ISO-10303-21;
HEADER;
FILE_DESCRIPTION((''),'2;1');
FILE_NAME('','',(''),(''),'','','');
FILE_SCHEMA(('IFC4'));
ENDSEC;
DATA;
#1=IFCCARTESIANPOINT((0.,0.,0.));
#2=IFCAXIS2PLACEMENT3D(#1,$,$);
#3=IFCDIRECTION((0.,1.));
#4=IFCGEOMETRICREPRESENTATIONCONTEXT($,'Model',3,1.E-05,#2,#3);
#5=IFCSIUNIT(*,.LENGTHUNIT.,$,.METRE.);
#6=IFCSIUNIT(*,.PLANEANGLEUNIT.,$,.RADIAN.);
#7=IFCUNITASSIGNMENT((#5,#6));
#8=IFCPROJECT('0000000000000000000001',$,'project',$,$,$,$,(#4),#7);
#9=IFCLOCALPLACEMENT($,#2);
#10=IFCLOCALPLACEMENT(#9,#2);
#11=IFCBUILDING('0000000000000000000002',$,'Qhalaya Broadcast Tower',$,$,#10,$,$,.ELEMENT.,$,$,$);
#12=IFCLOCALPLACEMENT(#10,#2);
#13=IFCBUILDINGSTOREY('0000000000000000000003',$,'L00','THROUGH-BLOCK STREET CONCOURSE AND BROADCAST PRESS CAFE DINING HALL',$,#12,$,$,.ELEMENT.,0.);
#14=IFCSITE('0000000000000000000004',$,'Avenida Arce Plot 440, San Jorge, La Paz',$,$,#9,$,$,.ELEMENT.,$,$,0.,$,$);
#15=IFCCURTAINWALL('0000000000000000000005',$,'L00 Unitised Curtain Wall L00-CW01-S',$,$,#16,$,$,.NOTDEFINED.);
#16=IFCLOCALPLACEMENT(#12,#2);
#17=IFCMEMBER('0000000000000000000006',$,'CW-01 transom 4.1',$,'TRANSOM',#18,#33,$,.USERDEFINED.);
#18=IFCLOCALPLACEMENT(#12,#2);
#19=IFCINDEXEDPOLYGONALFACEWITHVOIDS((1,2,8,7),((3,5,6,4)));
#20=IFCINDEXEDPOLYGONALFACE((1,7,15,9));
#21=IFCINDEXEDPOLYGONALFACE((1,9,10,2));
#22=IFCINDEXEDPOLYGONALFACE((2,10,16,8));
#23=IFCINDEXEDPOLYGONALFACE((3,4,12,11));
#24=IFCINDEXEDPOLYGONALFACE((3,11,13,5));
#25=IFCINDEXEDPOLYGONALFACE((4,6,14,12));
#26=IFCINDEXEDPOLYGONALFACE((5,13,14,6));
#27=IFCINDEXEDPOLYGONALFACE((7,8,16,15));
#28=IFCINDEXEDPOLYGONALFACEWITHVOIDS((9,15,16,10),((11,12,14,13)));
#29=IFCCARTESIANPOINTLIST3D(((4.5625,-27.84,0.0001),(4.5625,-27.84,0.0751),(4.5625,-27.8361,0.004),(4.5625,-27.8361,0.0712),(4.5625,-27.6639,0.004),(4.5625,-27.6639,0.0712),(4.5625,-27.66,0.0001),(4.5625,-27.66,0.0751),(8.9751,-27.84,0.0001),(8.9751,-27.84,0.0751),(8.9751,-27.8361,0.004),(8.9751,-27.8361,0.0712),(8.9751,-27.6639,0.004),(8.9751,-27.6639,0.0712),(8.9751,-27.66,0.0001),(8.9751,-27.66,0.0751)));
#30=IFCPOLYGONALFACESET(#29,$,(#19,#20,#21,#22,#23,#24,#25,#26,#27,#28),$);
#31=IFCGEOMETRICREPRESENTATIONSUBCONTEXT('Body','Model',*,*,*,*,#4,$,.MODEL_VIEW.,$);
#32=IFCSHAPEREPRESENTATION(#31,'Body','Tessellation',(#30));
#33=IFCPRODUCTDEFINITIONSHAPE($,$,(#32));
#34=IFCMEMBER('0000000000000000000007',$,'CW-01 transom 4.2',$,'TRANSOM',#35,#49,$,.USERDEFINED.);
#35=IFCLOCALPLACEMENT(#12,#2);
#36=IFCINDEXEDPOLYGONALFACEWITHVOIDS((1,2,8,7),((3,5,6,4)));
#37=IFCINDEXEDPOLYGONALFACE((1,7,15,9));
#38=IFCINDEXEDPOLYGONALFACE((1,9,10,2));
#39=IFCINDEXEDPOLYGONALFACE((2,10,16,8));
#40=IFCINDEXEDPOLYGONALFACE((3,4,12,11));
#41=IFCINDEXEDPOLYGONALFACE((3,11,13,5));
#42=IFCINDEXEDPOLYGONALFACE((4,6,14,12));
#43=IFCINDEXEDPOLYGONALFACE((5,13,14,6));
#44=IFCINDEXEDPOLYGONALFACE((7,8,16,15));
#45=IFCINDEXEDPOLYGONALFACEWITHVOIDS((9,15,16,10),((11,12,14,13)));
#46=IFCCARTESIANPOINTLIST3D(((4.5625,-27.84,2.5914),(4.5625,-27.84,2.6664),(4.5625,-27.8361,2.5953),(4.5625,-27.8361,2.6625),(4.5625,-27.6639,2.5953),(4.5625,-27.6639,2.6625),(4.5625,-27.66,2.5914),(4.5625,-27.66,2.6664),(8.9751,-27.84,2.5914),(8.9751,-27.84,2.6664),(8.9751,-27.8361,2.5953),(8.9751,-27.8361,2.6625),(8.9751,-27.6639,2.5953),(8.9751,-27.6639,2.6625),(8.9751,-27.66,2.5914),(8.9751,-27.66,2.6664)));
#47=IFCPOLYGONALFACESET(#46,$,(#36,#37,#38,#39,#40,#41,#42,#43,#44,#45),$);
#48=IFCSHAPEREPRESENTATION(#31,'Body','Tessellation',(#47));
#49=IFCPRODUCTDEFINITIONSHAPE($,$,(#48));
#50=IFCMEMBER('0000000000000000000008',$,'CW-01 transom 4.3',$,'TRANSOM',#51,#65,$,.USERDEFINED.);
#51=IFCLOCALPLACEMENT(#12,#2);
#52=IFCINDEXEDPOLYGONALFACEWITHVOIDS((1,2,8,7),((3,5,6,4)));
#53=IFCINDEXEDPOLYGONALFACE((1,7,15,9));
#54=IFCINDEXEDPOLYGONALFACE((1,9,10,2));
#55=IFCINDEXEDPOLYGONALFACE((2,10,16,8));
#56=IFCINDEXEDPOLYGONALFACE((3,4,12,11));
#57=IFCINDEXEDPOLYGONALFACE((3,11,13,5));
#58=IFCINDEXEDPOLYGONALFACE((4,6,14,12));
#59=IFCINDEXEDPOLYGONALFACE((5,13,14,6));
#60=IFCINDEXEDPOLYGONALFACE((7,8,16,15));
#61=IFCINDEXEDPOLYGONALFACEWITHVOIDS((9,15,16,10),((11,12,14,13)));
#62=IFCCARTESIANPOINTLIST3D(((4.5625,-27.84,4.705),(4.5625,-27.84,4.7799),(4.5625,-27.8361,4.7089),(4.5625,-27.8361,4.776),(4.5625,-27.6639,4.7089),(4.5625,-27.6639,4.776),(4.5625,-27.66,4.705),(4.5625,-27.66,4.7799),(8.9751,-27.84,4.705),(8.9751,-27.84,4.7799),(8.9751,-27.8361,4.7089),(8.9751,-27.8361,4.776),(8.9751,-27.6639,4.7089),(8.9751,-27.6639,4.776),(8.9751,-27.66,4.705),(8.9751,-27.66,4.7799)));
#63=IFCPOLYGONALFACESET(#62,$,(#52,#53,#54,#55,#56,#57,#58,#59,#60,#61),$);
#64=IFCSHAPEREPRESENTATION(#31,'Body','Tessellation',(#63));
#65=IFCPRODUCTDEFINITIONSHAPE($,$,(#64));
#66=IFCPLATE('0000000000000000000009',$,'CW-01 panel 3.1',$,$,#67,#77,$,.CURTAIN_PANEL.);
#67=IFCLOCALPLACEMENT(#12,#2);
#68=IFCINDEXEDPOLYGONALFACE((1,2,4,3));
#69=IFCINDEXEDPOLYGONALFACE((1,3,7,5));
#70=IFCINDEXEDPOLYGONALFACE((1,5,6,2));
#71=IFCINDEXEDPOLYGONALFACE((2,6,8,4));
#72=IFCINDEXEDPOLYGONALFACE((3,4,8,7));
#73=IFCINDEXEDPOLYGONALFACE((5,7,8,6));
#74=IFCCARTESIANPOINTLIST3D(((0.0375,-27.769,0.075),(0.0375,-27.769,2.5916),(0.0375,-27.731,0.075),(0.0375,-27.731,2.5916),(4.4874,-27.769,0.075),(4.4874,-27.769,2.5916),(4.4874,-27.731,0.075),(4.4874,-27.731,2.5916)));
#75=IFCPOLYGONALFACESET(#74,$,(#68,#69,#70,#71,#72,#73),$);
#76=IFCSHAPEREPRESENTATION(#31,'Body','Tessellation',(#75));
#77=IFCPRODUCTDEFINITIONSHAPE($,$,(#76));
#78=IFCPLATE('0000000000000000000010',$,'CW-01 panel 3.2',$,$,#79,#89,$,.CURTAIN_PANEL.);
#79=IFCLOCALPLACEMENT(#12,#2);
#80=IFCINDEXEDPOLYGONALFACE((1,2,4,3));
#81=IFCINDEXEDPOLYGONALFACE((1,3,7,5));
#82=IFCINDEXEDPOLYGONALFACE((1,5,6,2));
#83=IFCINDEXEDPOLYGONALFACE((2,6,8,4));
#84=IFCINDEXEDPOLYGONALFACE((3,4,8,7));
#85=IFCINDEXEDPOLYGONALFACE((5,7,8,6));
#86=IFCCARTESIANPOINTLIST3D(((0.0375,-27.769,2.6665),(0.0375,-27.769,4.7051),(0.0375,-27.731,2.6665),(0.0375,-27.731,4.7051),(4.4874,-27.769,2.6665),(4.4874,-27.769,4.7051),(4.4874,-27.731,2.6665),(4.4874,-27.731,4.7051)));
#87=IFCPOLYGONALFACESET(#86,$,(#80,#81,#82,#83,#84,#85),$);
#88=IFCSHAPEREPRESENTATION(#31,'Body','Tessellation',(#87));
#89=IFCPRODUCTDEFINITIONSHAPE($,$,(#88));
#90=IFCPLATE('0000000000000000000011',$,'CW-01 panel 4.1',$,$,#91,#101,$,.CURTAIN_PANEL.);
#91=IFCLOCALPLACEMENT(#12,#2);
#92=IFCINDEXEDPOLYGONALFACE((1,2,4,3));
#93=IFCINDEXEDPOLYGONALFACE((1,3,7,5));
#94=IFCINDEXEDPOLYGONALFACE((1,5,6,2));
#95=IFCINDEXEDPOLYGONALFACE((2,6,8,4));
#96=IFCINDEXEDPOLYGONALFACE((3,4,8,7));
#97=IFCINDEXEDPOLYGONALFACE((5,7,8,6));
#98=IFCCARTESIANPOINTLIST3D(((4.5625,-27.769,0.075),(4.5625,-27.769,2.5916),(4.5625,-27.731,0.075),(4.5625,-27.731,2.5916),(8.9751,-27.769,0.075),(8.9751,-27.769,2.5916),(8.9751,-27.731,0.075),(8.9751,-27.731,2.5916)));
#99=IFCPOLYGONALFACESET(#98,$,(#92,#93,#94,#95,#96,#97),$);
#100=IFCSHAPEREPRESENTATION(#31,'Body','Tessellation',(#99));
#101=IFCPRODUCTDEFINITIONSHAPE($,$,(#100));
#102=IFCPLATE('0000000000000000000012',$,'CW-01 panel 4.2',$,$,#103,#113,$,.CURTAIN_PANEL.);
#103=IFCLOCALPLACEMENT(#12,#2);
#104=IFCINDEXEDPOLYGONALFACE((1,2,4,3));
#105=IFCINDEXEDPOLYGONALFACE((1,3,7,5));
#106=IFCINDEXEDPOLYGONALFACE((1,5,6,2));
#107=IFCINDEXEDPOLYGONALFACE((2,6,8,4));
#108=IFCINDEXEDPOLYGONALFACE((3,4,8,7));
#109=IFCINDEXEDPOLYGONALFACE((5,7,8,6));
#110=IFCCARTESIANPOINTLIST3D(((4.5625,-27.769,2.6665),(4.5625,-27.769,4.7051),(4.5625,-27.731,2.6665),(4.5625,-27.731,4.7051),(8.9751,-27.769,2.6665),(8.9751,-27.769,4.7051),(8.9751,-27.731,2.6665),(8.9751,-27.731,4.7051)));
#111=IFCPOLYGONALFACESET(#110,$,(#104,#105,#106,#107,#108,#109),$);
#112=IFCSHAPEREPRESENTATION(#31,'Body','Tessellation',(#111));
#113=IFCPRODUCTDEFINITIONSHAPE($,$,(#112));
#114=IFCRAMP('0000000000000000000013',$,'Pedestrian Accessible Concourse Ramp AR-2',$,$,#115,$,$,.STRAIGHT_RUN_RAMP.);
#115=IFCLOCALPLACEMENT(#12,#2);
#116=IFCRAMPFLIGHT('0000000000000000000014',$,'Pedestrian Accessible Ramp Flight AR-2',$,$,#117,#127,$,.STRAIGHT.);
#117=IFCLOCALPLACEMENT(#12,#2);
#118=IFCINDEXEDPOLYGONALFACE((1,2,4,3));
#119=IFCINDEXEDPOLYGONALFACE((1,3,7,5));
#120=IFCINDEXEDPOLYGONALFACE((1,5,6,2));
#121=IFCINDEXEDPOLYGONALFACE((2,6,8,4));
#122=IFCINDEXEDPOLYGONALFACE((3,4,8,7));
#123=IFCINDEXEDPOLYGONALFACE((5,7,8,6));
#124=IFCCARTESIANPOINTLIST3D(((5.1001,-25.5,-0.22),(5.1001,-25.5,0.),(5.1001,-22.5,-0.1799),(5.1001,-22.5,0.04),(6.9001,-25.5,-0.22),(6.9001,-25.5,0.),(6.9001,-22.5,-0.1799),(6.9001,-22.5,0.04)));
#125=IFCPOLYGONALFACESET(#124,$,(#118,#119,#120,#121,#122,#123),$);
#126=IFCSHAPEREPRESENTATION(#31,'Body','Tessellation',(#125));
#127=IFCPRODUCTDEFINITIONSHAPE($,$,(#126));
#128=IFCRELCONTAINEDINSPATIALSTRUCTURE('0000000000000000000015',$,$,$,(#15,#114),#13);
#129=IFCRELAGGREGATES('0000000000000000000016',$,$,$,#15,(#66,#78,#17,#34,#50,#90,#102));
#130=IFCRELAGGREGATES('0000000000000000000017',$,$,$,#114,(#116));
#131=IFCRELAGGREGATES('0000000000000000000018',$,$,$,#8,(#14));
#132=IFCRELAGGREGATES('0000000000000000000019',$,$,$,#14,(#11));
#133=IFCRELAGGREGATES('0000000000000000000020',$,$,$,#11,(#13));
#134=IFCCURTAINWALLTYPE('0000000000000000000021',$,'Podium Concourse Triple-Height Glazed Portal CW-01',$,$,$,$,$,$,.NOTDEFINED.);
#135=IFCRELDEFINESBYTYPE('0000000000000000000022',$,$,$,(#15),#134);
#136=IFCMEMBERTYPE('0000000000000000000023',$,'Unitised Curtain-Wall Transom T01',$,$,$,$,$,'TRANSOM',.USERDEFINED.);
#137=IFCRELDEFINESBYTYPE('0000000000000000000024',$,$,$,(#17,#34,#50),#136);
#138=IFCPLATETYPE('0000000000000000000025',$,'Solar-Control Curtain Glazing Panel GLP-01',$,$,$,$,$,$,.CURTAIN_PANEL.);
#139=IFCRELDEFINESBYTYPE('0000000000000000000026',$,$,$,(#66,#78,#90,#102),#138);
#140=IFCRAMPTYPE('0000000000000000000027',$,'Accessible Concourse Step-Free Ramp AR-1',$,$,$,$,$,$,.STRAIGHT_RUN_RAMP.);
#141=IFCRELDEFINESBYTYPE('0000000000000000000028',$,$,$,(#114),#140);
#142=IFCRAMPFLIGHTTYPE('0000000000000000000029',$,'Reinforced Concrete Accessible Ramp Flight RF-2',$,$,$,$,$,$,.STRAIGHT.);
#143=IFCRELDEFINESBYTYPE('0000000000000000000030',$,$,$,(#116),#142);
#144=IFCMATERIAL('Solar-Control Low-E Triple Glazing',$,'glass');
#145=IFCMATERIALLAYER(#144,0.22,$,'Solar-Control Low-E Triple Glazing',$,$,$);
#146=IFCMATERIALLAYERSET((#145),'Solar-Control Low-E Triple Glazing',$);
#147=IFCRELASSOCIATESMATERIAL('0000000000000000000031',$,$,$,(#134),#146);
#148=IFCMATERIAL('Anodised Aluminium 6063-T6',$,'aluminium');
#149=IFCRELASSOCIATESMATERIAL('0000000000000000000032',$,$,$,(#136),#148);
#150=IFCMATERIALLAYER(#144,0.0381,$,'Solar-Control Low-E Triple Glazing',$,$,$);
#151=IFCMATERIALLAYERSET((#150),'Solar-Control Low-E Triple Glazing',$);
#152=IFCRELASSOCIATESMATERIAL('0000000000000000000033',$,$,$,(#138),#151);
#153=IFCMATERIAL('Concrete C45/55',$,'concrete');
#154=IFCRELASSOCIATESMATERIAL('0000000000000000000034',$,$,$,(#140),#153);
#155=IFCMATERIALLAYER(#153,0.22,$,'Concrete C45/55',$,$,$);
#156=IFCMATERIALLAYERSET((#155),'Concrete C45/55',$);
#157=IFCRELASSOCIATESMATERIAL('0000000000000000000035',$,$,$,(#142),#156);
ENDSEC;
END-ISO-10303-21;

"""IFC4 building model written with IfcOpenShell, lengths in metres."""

from ifc_helpers import new_model, si_unit, direction, frame, origin, origin_2d, place, context, subcontext, project, spatial, polyline, rectangle, hollow_rectangle, outline, extrude, material, layer, layer_set, material_profile, profile_set, type_object, element, aggregate, save


model = new_model("IFC4")

# Units and contexts
model_context = context("Model", 3, precision=1e-05, world=origin(), true_north=direction((0.0, 1.0)))
body_context = subcontext(model_context, "Body", "Model", "MODEL_VIEW")
ifc_project = project(units=[si_unit("LENGTHUNIT", "METRE"), si_unit("PLANEANGLEUNIT", "RADIAN")], contexts=[model_context])

# Site, building, storey
site_placement = place(None, origin())
site = spatial("IfcSite", under=ifc_project, at=site_placement, Name="Avenida Arce Plot 440, San Jorge, La Paz", CompositionType="ELEMENT", RefElevation=0.0)
building_placement = place(site_placement, origin())
building = spatial("IfcBuilding", under=site, at=building_placement, Name="Qhalaya Broadcast Tower", CompositionType="ELEMENT")
storey_placement = place(building_placement, origin())
storey = spatial("IfcBuildingStorey", under=building, at=storey_placement, Name="L00", Description="THROUGH-BLOCK STREET CONCOURSE AND BROADCAST PRESS CAFE DINING HALL", CompositionType="ELEMENT", Elevation=0.0)

# Curtain wall, members, plates
ifc_material_1 = material(Name="Solar-Control Low-E Triple Glazing", Category="glass")
ifc_layer_1 = layer(ifc_material_1, 0.22, Name="Solar-Control Low-E Triple Glazing")
ifc_layer_set_1 = layer_set([ifc_layer_1], Name="Solar-Control Low-E Triple Glazing")
curtain_wall_type = type_object("IfcCurtainWallType", Name="Podium Concourse Triple-Height Glazed Portal CW-01", PredefinedType="NOTDEFINED", material=ifc_layer_set_1)
curtain_wall_placement = place(storey_placement, origin())
curtain_wall = element("IfcCurtainWall", 1, at=curtain_wall_placement, inside=storey, type_object=curtain_wall_type, Name="L00 Unitised Curtain Wall L00-CW01-S", PredefinedType="NOTDEFINED")
ifc_material_2 = material(Name="Anodised Aluminium 6063-T6", Category="aluminium")
ifc_material_profile_1 = material_profile(ifc_material_2, hollow_rectangle(XDim=0.075, YDim=0.1799, WallThickness=0.0039, at=origin_2d()), Name="ALU-TRN 75x180x4")
ifc_profile_set_1 = profile_set([ifc_material_profile_1], Name="Anodised Aluminium 6063-T6")
member_type_1 = type_object("IfcMemberType", Name="Unitised Curtain-Wall Transom T01", ElementType="TRANSOM", PredefinedType="USERDEFINED", material=ifc_profile_set_1)
member_1_placement = place(storey_placement, frame((4.5625, -27.75, 0.0376), z_axis=(1.0, 0.0, 0.0), x_axis=(0.0, 0.0, 1.0)))
member_1 = element("IfcMember", 2, at=member_1_placement, type_object=member_type_1, Name="CW-01 transom 4.1", ObjectType="TRANSOM", PredefinedType="USERDEFINED", context=body_context, shape_type="SweptSolid", body=[
    extrude(hollow_rectangle(XDim=0.075, YDim=0.1799, WallThickness=0.0039, at=origin_2d()), origin(), (0.0, 0.0, 1.0), 4.4126),
])
member_2_placement = place(storey_placement, frame((4.5625, -27.75, 2.6289), z_axis=(1.0, 0.0, 0.0), x_axis=(0.0, 0.0, 1.0)))
member_2 = element("IfcMember", 3, at=member_2_placement, type_object=member_type_1, Name="CW-01 transom 4.2", ObjectType="TRANSOM", PredefinedType="USERDEFINED", context=body_context, shape_type="SweptSolid", body=[
    extrude(hollow_rectangle(XDim=0.075, YDim=0.1799, WallThickness=0.0039, at=origin_2d()), origin(), (0.0, 0.0, 1.0), 4.4126),
])
member_3_placement = place(storey_placement, frame((4.5625, -27.75, 4.7424), z_axis=(1.0, 0.0, 0.0), x_axis=(0.0, 0.0, 1.0)))
member_3 = element("IfcMember", 4, at=member_3_placement, type_object=member_type_1, Name="CW-01 transom 4.3", ObjectType="TRANSOM", PredefinedType="USERDEFINED", context=body_context, shape_type="SweptSolid", body=[
    extrude(hollow_rectangle(XDim=0.075, YDim=0.1799, WallThickness=0.0039, at=origin_2d()), origin(), (0.0, 0.0, 1.0), 4.4126),
])
ifc_layer_2 = layer(ifc_material_1, 0.0381, Name="Solar-Control Low-E Triple Glazing")
ifc_layer_set_2 = layer_set([ifc_layer_2], Name="Solar-Control Low-E Triple Glazing")
plate_type = type_object("IfcPlateType", Name="Solar-Control Curtain Glazing Panel GLP-01", PredefinedType="CURTAIN_PANEL", material=ifc_layer_set_2)
plate_1_placement = place(storey_placement, frame((2.2625, -27.75, 0.075), z_axis=(0.0, 0.0, 1.0), x_axis=(1.0, 0.0, 0.0)))
plate_1 = element("IfcPlate", 5, at=plate_1_placement, type_object=plate_type, Name="CW-01 panel 3.1", PredefinedType="CURTAIN_PANEL", context=body_context, shape_type="SweptSolid", body=[
    extrude(rectangle(XDim=4.45, YDim=0.0381, at=origin_2d()), origin(), (0.0, 0.0, 1.0), 2.5166),
])
plate_2_placement = place(storey_placement, frame((2.2625, -27.75, 2.6665), z_axis=(0.0, 0.0, 1.0), x_axis=(1.0, 0.0, 0.0)))
plate_2 = element("IfcPlate", 6, at=plate_2_placement, type_object=plate_type, Name="CW-01 panel 3.2", PredefinedType="CURTAIN_PANEL", context=body_context, shape_type="SweptSolid", body=[
    extrude(rectangle(XDim=4.45, YDim=0.0381, at=origin_2d()), origin(), (0.0, 0.0, 1.0), 2.0386),
])
plate_3_placement = place(storey_placement, frame((6.7688, -27.75, 0.075), z_axis=(0.0, 0.0, 1.0), x_axis=(1.0, 0.0, 0.0)))
plate_3 = element("IfcPlate", 7, at=plate_3_placement, type_object=plate_type, Name="CW-01 panel 4.1", PredefinedType="CURTAIN_PANEL", context=body_context, shape_type="SweptSolid", body=[
    extrude(rectangle(XDim=4.4126, YDim=0.0381, at=origin_2d()), origin(), (0.0, 0.0, 1.0), 2.5166),
])
plate_4_placement = place(storey_placement, frame((6.7688, -27.75, 2.6665), z_axis=(0.0, 0.0, 1.0), x_axis=(1.0, 0.0, 0.0)))
plate_4 = element("IfcPlate", 8, at=plate_4_placement, type_object=plate_type, Name="CW-01 panel 4.2", PredefinedType="CURTAIN_PANEL", context=body_context, shape_type="SweptSolid", body=[
    extrude(rectangle(XDim=4.4126, YDim=0.0381, at=origin_2d()), origin(), (0.0, 0.0, 1.0), 2.0386),
])
aggregate(curtain_wall, [plate_1, plate_2, member_1, member_2, member_3, plate_3, plate_4])

# Ramp, ramp flight
ifc_material_3 = material(Name="Concrete C45/55", Category="concrete")
ramp_type = type_object("IfcRampType", Name="Accessible Concourse Step-Free Ramp AR-1", PredefinedType="STRAIGHT_RUN_RAMP", material=ifc_material_3)
ramp_placement = place(storey_placement, origin())
ramp = element("IfcRamp", 9, at=ramp_placement, inside=storey, type_object=ramp_type, Name="Pedestrian Accessible Concourse Ramp AR-2", PredefinedType="STRAIGHT_RUN_RAMP")
ifc_layer_3 = layer(ifc_material_3, 0.22, Name="Concrete C45/55")
ifc_layer_set_3 = layer_set([ifc_layer_3], Name="Concrete C45/55")
ramp_flight_type = type_object("IfcRampFlightType", Name="Reinforced Concrete Accessible Ramp Flight RF-2", PredefinedType="STRAIGHT", material=ifc_layer_set_3)
ramp_flight_placement = place(storey_placement, frame((6.0, -25.5, 0.0), z_axis=(0.0, 0.0, 1.0), x_axis=(0.0, 1.0, 0.0)))
ramp_flight = element("IfcRampFlight", 10, at=ramp_flight_placement, type_object=ramp_flight_type, Name="Pedestrian Accessible Ramp Flight AR-2", PredefinedType="STRAIGHT", context=body_context, shape_type="SweptSolid", body=[
    extrude(outline(polyline([(0.0, 0.0), (3.0, 0.04), (3.0, -0.1799), (0.0, -0.22), (0.0, 0.0)])), frame((0.0, 0.8999, 0.0), z_axis=(0.0, -1.0, 0.0), x_axis=(1.0, 0.0, 0.0)), (0.0, 0.0, 1.0), 1.8),
])
aggregate(ramp, [ramp_flight])

save(model, "model.ifc")
